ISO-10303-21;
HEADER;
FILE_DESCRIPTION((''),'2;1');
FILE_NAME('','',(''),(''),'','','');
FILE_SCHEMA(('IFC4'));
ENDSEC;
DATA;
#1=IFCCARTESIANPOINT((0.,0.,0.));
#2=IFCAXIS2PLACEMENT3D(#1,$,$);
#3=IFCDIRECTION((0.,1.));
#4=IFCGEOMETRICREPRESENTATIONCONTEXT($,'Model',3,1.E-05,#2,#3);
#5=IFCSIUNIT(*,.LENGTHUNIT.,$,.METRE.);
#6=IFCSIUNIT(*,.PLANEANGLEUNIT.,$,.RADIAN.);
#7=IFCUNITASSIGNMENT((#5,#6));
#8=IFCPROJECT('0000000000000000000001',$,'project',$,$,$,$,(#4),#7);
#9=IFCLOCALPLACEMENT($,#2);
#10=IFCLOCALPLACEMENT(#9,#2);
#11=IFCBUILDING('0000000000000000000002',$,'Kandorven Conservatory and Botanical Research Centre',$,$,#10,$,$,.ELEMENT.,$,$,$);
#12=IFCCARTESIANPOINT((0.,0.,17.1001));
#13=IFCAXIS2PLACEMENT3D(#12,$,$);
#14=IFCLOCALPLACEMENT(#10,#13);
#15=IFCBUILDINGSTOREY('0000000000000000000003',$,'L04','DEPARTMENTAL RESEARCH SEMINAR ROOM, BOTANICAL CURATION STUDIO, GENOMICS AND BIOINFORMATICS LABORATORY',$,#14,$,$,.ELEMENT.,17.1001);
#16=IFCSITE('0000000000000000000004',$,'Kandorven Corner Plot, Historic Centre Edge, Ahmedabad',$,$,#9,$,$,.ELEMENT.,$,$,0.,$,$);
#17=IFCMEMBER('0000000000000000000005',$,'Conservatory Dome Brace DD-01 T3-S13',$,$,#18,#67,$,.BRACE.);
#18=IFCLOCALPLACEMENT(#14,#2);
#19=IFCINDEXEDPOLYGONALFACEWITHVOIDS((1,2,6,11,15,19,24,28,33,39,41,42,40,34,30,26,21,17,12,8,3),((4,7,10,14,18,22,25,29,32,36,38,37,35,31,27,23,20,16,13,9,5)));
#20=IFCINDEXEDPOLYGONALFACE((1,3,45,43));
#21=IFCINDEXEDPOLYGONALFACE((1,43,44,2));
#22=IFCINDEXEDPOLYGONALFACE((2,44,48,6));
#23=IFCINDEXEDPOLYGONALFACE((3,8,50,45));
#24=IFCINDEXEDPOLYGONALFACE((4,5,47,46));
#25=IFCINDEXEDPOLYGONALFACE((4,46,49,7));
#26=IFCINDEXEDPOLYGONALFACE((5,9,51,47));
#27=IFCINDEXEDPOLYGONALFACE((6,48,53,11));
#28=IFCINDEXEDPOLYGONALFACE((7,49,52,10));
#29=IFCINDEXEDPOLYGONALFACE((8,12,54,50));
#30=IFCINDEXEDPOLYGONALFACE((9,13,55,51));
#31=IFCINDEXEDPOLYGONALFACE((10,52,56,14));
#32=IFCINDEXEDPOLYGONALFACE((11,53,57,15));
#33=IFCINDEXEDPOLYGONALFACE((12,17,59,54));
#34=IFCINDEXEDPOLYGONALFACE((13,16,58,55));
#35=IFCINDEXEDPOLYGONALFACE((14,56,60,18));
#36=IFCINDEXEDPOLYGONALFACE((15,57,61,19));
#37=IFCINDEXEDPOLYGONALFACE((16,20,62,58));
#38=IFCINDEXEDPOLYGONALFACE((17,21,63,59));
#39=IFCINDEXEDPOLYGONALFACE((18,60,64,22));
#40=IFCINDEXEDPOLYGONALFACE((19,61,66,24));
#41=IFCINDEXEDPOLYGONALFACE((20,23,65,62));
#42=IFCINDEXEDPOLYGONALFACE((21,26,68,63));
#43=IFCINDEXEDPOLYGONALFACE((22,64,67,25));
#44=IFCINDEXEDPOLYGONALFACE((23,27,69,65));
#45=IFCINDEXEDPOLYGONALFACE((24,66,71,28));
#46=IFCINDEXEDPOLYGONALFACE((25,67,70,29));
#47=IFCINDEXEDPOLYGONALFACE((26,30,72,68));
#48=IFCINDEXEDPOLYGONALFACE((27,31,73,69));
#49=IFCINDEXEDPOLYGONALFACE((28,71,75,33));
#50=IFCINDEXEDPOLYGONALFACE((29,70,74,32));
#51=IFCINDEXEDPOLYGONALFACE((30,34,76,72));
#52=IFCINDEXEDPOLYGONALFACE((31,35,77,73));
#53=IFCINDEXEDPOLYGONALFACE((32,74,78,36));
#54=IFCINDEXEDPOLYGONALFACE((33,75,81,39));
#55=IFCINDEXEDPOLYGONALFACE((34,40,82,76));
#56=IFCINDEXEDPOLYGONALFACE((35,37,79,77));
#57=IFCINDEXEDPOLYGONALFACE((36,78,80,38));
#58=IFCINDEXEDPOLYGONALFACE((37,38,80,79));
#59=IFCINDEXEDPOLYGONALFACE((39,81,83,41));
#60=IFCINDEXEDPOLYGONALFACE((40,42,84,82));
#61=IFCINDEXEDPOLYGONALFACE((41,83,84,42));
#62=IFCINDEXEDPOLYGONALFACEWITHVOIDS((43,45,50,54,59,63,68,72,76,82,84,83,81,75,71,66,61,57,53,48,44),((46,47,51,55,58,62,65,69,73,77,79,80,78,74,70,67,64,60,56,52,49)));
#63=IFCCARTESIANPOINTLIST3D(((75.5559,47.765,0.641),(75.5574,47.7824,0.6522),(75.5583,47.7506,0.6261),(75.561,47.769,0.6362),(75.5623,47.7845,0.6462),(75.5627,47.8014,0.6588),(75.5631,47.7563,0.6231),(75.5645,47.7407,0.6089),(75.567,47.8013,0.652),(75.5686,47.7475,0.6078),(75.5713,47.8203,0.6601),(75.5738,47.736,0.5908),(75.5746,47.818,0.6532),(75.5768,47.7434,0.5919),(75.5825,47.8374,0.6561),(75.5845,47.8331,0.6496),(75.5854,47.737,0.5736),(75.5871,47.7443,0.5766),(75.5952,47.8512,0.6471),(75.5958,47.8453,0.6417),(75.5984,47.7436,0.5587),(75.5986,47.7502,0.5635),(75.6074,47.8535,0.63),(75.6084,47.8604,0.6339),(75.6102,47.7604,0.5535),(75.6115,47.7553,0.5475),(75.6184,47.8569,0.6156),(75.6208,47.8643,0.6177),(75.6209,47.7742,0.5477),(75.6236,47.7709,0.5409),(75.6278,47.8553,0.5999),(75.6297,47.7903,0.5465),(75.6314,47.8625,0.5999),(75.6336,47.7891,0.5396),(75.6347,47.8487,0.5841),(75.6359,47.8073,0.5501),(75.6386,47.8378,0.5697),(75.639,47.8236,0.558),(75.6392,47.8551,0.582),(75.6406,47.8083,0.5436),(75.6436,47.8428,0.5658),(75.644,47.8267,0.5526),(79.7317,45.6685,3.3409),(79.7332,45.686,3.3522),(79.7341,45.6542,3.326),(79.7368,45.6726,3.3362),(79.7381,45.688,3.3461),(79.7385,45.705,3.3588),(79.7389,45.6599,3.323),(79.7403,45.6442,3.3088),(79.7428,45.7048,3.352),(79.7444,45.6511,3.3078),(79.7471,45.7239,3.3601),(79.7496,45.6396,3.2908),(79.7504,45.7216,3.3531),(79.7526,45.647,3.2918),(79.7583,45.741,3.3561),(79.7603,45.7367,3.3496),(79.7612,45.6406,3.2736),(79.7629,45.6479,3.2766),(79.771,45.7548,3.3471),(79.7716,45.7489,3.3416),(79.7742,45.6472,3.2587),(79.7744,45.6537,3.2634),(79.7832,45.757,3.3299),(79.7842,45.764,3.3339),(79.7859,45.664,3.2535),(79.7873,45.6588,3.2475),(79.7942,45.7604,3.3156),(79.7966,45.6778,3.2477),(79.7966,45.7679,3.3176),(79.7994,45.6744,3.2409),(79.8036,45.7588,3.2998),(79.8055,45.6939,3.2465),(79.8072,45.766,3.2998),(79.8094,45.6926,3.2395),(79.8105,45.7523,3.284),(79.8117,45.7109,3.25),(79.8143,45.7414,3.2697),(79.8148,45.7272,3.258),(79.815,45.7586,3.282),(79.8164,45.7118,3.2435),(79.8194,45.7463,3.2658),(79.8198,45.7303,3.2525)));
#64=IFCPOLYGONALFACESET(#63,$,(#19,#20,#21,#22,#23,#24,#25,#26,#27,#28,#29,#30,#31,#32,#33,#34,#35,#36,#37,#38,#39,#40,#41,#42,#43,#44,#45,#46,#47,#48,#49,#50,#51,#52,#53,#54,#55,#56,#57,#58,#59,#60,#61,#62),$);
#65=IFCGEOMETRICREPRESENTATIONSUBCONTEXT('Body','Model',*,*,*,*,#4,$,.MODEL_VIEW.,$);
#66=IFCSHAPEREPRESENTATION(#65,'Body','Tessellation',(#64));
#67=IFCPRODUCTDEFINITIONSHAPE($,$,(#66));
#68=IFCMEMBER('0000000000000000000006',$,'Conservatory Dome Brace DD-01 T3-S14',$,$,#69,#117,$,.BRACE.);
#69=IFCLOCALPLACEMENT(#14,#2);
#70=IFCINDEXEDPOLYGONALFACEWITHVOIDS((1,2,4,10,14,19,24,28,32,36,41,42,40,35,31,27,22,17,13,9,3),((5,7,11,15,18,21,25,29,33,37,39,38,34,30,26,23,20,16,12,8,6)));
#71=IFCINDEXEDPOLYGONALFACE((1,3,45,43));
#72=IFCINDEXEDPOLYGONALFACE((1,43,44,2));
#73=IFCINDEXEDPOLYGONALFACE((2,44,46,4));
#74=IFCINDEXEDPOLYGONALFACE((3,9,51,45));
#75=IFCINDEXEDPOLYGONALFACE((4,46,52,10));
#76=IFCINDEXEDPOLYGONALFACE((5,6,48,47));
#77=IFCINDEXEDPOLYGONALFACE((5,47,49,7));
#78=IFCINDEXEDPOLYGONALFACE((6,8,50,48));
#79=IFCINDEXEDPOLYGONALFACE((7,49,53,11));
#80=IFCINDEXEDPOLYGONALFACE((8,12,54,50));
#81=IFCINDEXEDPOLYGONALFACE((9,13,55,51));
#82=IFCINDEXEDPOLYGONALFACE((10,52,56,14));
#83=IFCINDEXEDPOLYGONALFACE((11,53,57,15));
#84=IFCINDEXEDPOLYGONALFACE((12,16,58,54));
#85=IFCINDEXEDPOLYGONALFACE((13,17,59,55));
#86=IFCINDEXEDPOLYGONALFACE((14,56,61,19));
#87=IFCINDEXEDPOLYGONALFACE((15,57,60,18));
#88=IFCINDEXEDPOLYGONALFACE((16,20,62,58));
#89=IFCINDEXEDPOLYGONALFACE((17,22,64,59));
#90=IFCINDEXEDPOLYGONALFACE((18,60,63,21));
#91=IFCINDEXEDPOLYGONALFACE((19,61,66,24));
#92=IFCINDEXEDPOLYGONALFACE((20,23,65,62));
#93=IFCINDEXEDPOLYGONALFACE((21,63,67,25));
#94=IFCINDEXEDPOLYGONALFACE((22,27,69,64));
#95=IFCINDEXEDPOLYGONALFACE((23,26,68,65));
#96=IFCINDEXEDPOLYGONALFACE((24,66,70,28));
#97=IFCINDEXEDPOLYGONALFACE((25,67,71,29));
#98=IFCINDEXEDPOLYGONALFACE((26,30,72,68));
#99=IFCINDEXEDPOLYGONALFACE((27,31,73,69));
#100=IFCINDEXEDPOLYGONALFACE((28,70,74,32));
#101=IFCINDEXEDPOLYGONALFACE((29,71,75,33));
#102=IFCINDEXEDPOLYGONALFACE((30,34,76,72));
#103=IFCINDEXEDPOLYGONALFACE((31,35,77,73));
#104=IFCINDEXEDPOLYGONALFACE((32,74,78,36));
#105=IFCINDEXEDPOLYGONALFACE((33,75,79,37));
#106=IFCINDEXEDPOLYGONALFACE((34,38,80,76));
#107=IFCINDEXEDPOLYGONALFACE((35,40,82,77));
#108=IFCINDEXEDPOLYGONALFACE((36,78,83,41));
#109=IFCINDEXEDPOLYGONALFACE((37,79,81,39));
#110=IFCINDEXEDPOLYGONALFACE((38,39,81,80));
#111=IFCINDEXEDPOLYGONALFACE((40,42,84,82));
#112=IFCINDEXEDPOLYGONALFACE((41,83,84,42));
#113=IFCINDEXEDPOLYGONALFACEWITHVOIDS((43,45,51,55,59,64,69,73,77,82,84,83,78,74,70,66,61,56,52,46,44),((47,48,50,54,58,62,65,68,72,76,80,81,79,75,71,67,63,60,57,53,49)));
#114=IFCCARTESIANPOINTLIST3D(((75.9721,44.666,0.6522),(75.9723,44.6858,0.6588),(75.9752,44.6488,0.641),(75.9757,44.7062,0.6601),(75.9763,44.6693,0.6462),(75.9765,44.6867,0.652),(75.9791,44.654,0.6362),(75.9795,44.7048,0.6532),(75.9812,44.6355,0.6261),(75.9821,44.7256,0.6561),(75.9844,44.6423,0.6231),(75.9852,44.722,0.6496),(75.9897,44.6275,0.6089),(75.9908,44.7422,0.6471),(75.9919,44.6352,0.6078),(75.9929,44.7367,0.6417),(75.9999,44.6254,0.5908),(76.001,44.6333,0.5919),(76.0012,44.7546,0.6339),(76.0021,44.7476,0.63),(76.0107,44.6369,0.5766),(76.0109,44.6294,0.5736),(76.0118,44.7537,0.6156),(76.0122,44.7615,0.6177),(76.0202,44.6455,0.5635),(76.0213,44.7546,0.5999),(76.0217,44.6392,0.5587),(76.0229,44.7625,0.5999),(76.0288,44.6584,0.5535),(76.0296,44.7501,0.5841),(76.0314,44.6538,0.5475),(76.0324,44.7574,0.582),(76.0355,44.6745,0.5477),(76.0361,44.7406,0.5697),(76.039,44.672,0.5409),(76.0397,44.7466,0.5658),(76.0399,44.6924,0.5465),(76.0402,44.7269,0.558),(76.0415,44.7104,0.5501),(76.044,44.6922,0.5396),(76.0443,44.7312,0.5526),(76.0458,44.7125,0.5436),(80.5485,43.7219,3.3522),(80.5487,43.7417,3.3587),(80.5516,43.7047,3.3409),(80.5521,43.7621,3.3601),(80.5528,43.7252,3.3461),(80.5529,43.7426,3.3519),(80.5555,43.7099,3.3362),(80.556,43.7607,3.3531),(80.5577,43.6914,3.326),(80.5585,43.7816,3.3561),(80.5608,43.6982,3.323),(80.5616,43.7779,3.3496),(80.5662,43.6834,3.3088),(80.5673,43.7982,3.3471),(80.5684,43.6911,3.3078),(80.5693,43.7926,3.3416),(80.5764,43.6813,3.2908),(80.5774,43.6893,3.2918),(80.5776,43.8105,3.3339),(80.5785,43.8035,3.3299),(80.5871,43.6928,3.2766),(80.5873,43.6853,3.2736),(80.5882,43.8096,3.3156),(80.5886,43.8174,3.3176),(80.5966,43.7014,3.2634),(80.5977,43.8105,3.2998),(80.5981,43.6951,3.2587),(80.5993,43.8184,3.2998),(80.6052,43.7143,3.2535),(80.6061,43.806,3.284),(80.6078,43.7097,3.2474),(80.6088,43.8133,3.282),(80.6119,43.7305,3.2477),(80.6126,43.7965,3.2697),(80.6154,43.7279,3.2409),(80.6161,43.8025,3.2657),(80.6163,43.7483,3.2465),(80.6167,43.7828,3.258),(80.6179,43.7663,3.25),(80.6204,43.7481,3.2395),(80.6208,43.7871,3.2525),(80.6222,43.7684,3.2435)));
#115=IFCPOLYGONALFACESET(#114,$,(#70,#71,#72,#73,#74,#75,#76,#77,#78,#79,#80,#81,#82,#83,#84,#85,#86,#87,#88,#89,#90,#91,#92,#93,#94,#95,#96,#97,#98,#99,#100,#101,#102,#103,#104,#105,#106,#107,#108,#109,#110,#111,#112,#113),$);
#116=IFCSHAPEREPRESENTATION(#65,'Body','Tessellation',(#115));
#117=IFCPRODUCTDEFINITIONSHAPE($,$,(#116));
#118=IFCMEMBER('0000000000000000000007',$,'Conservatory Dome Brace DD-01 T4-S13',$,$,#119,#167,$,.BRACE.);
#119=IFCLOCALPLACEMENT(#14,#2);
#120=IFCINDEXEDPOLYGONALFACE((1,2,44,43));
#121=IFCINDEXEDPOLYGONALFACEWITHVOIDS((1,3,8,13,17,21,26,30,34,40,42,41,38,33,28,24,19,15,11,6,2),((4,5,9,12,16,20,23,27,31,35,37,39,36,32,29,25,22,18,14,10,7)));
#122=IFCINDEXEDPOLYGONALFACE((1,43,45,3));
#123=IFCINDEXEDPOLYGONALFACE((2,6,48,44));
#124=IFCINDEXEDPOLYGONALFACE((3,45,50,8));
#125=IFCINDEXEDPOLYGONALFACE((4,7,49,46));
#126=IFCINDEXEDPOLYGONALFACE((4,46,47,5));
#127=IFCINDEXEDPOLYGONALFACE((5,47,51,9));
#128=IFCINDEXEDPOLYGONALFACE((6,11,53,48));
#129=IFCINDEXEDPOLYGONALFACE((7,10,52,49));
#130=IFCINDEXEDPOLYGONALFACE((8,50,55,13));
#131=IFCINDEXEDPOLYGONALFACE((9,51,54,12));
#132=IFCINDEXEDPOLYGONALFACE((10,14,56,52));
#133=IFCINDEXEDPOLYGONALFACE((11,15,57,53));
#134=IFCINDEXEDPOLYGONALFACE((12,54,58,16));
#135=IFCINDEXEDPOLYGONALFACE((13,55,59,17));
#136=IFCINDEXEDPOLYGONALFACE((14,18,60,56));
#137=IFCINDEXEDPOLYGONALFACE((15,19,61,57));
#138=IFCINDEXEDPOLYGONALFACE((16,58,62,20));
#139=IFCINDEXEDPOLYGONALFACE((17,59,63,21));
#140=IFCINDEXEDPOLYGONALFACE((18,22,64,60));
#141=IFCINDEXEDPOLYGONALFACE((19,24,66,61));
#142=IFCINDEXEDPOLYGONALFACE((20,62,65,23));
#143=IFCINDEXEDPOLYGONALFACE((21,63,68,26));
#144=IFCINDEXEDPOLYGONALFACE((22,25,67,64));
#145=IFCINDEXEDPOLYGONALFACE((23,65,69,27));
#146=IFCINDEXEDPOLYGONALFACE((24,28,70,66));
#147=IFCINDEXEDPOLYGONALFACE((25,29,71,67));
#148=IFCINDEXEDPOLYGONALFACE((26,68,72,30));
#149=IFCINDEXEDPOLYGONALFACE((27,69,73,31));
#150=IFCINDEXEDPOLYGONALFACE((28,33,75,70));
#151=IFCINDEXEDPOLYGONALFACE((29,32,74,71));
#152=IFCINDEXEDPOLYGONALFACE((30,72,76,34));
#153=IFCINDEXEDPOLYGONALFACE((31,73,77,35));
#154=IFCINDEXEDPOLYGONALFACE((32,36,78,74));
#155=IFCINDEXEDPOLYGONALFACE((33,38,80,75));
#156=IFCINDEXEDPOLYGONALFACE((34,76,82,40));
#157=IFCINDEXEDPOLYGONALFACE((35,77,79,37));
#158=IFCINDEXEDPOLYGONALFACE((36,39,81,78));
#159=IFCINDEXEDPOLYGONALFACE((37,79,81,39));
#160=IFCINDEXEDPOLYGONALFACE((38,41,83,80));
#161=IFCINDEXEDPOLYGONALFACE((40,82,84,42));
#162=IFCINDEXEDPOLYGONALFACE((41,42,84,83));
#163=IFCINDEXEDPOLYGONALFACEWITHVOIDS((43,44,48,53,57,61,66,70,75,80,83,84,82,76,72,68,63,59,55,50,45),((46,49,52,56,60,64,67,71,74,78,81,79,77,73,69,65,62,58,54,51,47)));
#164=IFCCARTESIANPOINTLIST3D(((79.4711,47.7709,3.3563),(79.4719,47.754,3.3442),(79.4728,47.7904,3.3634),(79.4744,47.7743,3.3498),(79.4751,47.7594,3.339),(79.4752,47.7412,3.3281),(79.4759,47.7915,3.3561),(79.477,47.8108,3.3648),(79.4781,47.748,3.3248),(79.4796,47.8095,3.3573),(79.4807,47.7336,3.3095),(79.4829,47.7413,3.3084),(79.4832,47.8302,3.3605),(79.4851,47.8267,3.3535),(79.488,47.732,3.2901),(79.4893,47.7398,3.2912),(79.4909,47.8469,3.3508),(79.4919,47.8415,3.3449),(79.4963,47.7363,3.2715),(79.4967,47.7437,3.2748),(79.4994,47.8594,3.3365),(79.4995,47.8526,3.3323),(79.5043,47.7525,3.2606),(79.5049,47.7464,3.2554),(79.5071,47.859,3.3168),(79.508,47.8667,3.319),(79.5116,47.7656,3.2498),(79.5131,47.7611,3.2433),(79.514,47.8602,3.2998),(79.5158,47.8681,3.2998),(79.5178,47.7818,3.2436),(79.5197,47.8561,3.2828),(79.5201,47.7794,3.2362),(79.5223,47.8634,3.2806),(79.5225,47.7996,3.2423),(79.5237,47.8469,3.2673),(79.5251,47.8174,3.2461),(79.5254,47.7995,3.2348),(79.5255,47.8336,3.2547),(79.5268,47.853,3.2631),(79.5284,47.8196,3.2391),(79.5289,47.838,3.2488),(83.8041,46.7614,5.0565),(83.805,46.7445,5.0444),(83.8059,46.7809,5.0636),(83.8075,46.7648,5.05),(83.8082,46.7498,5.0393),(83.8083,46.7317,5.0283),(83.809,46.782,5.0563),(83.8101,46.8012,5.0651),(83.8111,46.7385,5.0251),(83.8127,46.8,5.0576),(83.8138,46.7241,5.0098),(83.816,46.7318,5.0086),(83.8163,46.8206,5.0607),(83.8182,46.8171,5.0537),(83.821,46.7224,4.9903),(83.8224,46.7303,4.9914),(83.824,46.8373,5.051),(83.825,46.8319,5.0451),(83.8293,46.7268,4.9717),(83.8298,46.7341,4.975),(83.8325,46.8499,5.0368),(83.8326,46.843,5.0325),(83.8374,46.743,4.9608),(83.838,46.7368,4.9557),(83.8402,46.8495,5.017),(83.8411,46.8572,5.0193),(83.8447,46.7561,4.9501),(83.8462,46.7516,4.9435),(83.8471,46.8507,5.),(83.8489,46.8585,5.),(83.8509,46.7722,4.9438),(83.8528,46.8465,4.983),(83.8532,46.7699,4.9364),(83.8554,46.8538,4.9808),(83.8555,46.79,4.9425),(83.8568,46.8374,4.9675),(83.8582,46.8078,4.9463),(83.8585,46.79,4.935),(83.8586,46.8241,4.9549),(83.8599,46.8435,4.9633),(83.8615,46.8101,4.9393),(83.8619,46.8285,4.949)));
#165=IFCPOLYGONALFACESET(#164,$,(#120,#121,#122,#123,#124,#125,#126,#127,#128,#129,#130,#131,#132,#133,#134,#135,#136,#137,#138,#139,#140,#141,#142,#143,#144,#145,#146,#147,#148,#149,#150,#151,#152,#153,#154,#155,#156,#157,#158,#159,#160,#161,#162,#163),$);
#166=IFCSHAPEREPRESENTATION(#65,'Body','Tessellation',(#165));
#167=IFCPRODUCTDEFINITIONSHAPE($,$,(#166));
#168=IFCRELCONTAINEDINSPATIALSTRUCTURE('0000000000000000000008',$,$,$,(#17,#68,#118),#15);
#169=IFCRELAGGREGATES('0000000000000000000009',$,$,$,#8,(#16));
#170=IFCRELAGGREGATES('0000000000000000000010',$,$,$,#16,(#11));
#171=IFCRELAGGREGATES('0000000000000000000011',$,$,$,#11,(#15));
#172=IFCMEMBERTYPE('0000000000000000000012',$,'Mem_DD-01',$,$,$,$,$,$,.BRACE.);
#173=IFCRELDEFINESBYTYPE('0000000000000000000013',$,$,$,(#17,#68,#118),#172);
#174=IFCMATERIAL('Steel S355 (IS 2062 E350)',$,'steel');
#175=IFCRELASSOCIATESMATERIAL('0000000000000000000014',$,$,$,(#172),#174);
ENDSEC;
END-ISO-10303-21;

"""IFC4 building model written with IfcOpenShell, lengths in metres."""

from ifc_helpers import new_model, si_unit, direction, frame, origin, origin_2d, place, context, subcontext, project, spatial, hollow_circle, extrude, material, material_profile, profile_set, type_object, element, save


model = new_model("IFC4")

# Units and contexts
model_context = context("Model", 3, precision=1e-05, world=origin(), true_north=direction((0.0, 1.0)))
body_context = subcontext(model_context, "Body", "Model", "MODEL_VIEW")
ifc_project = project(units=[si_unit("LENGTHUNIT", "METRE"), si_unit("PLANEANGLEUNIT", "RADIAN")], contexts=[model_context])

# Site, building, storey
site_placement = place(None, origin())
site = spatial("IfcSite", under=ifc_project, at=site_placement, Name="Kandorven Corner Plot, Historic Centre Edge, Ahmedabad", CompositionType="ELEMENT", RefElevation=0.0)
building_placement = place(site_placement, origin())
building = spatial("IfcBuilding", under=site, at=building_placement, Name="Kandorven Conservatory and Botanical Research Centre", CompositionType="ELEMENT")
storey_placement = place(building_placement, frame((0.0, 0.0, 17.1001)))
storey = spatial("IfcBuildingStorey", under=building, at=storey_placement, Name="L04", Description="DEPARTMENTAL RESEARCH SEMINAR ROOM, BOTANICAL CURATION STUDIO, GENOMICS AND BIOINFORMATICS LABORATORY", CompositionType="ELEMENT", Elevation=17.1001)

# Members
ifc_material_1 = material(Name="Steel S355 (IS 2062 E350)", Category="steel")
ifc_material_profile_1 = material_profile(ifc_material_1, hollow_circle(Radius=0.0698, WallThickness=0.0081, at=origin_2d()))
ifc_profile_set_1 = profile_set([ifc_material_profile_1], Name="Steel S355 (IS 2062 E350)")
member_type_1 = type_object("IfcMemberType", Name="Mem_DD-01", PredefinedType="BRACE", material=ifc_profile_set_1)
member_1_placement = place(storey_placement, frame((75.6001, 47.8, 0.5999), z_axis=(0.773798, -0.388482, 0.500318), x_axis=(0.448676, 0.893694, 0.0)))
element("IfcMember", 1, at=member_1_placement, inside=storey, type_object=member_type_1, Name="Conservatory Dome Brace DD-01 T3-S13", PredefinedType="BRACE", context=body_context, shape_type="SweptSolid", body=[
    extrude(hollow_circle(Radius=0.0698, WallThickness=0.0081, at=origin_2d()), origin(), (0.0, 0.0, 1.0), 5.3965),
])
member_2_placement = place(storey_placement, frame((76.0088, 44.6941, 0.5999), z_axis=(0.847999, -0.174938, 0.500294), x_axis=(0.202041, 0.979377, 0.0)))
element("IfcMember", 2, at=member_2_placement, inside=storey, type_object=member_type_1, Name="Conservatory Dome Brace DD-01 T3-S14", PredefinedType="BRACE", context=body_context, shape_type="SweptSolid", body=[
    extrude(hollow_circle(Radius=0.0698, WallThickness=0.0081, at=origin_2d()), origin(), (0.0, 0.0, 1.0), 5.3967),
])
member_3_placement = place(storey_placement, frame((79.5, 47.8, 3.2998), z_axis=(0.909751, -0.211957, 0.35697), x_axis=(0.226907, 0.973916, 0.0)))
element("IfcMember", 3, at=member_3_placement, inside=storey, type_object=member_type_1, Name="Conservatory Dome Brace DD-01 T4-S13", PredefinedType="BRACE", context=body_context, shape_type="SweptSolid", body=[
    extrude(hollow_circle(Radius=0.0698, WallThickness=0.0081, at=origin_2d()), origin(), (0.0, 0.0, 1.0), 4.7629),
])

save(model, "model.ifc")
